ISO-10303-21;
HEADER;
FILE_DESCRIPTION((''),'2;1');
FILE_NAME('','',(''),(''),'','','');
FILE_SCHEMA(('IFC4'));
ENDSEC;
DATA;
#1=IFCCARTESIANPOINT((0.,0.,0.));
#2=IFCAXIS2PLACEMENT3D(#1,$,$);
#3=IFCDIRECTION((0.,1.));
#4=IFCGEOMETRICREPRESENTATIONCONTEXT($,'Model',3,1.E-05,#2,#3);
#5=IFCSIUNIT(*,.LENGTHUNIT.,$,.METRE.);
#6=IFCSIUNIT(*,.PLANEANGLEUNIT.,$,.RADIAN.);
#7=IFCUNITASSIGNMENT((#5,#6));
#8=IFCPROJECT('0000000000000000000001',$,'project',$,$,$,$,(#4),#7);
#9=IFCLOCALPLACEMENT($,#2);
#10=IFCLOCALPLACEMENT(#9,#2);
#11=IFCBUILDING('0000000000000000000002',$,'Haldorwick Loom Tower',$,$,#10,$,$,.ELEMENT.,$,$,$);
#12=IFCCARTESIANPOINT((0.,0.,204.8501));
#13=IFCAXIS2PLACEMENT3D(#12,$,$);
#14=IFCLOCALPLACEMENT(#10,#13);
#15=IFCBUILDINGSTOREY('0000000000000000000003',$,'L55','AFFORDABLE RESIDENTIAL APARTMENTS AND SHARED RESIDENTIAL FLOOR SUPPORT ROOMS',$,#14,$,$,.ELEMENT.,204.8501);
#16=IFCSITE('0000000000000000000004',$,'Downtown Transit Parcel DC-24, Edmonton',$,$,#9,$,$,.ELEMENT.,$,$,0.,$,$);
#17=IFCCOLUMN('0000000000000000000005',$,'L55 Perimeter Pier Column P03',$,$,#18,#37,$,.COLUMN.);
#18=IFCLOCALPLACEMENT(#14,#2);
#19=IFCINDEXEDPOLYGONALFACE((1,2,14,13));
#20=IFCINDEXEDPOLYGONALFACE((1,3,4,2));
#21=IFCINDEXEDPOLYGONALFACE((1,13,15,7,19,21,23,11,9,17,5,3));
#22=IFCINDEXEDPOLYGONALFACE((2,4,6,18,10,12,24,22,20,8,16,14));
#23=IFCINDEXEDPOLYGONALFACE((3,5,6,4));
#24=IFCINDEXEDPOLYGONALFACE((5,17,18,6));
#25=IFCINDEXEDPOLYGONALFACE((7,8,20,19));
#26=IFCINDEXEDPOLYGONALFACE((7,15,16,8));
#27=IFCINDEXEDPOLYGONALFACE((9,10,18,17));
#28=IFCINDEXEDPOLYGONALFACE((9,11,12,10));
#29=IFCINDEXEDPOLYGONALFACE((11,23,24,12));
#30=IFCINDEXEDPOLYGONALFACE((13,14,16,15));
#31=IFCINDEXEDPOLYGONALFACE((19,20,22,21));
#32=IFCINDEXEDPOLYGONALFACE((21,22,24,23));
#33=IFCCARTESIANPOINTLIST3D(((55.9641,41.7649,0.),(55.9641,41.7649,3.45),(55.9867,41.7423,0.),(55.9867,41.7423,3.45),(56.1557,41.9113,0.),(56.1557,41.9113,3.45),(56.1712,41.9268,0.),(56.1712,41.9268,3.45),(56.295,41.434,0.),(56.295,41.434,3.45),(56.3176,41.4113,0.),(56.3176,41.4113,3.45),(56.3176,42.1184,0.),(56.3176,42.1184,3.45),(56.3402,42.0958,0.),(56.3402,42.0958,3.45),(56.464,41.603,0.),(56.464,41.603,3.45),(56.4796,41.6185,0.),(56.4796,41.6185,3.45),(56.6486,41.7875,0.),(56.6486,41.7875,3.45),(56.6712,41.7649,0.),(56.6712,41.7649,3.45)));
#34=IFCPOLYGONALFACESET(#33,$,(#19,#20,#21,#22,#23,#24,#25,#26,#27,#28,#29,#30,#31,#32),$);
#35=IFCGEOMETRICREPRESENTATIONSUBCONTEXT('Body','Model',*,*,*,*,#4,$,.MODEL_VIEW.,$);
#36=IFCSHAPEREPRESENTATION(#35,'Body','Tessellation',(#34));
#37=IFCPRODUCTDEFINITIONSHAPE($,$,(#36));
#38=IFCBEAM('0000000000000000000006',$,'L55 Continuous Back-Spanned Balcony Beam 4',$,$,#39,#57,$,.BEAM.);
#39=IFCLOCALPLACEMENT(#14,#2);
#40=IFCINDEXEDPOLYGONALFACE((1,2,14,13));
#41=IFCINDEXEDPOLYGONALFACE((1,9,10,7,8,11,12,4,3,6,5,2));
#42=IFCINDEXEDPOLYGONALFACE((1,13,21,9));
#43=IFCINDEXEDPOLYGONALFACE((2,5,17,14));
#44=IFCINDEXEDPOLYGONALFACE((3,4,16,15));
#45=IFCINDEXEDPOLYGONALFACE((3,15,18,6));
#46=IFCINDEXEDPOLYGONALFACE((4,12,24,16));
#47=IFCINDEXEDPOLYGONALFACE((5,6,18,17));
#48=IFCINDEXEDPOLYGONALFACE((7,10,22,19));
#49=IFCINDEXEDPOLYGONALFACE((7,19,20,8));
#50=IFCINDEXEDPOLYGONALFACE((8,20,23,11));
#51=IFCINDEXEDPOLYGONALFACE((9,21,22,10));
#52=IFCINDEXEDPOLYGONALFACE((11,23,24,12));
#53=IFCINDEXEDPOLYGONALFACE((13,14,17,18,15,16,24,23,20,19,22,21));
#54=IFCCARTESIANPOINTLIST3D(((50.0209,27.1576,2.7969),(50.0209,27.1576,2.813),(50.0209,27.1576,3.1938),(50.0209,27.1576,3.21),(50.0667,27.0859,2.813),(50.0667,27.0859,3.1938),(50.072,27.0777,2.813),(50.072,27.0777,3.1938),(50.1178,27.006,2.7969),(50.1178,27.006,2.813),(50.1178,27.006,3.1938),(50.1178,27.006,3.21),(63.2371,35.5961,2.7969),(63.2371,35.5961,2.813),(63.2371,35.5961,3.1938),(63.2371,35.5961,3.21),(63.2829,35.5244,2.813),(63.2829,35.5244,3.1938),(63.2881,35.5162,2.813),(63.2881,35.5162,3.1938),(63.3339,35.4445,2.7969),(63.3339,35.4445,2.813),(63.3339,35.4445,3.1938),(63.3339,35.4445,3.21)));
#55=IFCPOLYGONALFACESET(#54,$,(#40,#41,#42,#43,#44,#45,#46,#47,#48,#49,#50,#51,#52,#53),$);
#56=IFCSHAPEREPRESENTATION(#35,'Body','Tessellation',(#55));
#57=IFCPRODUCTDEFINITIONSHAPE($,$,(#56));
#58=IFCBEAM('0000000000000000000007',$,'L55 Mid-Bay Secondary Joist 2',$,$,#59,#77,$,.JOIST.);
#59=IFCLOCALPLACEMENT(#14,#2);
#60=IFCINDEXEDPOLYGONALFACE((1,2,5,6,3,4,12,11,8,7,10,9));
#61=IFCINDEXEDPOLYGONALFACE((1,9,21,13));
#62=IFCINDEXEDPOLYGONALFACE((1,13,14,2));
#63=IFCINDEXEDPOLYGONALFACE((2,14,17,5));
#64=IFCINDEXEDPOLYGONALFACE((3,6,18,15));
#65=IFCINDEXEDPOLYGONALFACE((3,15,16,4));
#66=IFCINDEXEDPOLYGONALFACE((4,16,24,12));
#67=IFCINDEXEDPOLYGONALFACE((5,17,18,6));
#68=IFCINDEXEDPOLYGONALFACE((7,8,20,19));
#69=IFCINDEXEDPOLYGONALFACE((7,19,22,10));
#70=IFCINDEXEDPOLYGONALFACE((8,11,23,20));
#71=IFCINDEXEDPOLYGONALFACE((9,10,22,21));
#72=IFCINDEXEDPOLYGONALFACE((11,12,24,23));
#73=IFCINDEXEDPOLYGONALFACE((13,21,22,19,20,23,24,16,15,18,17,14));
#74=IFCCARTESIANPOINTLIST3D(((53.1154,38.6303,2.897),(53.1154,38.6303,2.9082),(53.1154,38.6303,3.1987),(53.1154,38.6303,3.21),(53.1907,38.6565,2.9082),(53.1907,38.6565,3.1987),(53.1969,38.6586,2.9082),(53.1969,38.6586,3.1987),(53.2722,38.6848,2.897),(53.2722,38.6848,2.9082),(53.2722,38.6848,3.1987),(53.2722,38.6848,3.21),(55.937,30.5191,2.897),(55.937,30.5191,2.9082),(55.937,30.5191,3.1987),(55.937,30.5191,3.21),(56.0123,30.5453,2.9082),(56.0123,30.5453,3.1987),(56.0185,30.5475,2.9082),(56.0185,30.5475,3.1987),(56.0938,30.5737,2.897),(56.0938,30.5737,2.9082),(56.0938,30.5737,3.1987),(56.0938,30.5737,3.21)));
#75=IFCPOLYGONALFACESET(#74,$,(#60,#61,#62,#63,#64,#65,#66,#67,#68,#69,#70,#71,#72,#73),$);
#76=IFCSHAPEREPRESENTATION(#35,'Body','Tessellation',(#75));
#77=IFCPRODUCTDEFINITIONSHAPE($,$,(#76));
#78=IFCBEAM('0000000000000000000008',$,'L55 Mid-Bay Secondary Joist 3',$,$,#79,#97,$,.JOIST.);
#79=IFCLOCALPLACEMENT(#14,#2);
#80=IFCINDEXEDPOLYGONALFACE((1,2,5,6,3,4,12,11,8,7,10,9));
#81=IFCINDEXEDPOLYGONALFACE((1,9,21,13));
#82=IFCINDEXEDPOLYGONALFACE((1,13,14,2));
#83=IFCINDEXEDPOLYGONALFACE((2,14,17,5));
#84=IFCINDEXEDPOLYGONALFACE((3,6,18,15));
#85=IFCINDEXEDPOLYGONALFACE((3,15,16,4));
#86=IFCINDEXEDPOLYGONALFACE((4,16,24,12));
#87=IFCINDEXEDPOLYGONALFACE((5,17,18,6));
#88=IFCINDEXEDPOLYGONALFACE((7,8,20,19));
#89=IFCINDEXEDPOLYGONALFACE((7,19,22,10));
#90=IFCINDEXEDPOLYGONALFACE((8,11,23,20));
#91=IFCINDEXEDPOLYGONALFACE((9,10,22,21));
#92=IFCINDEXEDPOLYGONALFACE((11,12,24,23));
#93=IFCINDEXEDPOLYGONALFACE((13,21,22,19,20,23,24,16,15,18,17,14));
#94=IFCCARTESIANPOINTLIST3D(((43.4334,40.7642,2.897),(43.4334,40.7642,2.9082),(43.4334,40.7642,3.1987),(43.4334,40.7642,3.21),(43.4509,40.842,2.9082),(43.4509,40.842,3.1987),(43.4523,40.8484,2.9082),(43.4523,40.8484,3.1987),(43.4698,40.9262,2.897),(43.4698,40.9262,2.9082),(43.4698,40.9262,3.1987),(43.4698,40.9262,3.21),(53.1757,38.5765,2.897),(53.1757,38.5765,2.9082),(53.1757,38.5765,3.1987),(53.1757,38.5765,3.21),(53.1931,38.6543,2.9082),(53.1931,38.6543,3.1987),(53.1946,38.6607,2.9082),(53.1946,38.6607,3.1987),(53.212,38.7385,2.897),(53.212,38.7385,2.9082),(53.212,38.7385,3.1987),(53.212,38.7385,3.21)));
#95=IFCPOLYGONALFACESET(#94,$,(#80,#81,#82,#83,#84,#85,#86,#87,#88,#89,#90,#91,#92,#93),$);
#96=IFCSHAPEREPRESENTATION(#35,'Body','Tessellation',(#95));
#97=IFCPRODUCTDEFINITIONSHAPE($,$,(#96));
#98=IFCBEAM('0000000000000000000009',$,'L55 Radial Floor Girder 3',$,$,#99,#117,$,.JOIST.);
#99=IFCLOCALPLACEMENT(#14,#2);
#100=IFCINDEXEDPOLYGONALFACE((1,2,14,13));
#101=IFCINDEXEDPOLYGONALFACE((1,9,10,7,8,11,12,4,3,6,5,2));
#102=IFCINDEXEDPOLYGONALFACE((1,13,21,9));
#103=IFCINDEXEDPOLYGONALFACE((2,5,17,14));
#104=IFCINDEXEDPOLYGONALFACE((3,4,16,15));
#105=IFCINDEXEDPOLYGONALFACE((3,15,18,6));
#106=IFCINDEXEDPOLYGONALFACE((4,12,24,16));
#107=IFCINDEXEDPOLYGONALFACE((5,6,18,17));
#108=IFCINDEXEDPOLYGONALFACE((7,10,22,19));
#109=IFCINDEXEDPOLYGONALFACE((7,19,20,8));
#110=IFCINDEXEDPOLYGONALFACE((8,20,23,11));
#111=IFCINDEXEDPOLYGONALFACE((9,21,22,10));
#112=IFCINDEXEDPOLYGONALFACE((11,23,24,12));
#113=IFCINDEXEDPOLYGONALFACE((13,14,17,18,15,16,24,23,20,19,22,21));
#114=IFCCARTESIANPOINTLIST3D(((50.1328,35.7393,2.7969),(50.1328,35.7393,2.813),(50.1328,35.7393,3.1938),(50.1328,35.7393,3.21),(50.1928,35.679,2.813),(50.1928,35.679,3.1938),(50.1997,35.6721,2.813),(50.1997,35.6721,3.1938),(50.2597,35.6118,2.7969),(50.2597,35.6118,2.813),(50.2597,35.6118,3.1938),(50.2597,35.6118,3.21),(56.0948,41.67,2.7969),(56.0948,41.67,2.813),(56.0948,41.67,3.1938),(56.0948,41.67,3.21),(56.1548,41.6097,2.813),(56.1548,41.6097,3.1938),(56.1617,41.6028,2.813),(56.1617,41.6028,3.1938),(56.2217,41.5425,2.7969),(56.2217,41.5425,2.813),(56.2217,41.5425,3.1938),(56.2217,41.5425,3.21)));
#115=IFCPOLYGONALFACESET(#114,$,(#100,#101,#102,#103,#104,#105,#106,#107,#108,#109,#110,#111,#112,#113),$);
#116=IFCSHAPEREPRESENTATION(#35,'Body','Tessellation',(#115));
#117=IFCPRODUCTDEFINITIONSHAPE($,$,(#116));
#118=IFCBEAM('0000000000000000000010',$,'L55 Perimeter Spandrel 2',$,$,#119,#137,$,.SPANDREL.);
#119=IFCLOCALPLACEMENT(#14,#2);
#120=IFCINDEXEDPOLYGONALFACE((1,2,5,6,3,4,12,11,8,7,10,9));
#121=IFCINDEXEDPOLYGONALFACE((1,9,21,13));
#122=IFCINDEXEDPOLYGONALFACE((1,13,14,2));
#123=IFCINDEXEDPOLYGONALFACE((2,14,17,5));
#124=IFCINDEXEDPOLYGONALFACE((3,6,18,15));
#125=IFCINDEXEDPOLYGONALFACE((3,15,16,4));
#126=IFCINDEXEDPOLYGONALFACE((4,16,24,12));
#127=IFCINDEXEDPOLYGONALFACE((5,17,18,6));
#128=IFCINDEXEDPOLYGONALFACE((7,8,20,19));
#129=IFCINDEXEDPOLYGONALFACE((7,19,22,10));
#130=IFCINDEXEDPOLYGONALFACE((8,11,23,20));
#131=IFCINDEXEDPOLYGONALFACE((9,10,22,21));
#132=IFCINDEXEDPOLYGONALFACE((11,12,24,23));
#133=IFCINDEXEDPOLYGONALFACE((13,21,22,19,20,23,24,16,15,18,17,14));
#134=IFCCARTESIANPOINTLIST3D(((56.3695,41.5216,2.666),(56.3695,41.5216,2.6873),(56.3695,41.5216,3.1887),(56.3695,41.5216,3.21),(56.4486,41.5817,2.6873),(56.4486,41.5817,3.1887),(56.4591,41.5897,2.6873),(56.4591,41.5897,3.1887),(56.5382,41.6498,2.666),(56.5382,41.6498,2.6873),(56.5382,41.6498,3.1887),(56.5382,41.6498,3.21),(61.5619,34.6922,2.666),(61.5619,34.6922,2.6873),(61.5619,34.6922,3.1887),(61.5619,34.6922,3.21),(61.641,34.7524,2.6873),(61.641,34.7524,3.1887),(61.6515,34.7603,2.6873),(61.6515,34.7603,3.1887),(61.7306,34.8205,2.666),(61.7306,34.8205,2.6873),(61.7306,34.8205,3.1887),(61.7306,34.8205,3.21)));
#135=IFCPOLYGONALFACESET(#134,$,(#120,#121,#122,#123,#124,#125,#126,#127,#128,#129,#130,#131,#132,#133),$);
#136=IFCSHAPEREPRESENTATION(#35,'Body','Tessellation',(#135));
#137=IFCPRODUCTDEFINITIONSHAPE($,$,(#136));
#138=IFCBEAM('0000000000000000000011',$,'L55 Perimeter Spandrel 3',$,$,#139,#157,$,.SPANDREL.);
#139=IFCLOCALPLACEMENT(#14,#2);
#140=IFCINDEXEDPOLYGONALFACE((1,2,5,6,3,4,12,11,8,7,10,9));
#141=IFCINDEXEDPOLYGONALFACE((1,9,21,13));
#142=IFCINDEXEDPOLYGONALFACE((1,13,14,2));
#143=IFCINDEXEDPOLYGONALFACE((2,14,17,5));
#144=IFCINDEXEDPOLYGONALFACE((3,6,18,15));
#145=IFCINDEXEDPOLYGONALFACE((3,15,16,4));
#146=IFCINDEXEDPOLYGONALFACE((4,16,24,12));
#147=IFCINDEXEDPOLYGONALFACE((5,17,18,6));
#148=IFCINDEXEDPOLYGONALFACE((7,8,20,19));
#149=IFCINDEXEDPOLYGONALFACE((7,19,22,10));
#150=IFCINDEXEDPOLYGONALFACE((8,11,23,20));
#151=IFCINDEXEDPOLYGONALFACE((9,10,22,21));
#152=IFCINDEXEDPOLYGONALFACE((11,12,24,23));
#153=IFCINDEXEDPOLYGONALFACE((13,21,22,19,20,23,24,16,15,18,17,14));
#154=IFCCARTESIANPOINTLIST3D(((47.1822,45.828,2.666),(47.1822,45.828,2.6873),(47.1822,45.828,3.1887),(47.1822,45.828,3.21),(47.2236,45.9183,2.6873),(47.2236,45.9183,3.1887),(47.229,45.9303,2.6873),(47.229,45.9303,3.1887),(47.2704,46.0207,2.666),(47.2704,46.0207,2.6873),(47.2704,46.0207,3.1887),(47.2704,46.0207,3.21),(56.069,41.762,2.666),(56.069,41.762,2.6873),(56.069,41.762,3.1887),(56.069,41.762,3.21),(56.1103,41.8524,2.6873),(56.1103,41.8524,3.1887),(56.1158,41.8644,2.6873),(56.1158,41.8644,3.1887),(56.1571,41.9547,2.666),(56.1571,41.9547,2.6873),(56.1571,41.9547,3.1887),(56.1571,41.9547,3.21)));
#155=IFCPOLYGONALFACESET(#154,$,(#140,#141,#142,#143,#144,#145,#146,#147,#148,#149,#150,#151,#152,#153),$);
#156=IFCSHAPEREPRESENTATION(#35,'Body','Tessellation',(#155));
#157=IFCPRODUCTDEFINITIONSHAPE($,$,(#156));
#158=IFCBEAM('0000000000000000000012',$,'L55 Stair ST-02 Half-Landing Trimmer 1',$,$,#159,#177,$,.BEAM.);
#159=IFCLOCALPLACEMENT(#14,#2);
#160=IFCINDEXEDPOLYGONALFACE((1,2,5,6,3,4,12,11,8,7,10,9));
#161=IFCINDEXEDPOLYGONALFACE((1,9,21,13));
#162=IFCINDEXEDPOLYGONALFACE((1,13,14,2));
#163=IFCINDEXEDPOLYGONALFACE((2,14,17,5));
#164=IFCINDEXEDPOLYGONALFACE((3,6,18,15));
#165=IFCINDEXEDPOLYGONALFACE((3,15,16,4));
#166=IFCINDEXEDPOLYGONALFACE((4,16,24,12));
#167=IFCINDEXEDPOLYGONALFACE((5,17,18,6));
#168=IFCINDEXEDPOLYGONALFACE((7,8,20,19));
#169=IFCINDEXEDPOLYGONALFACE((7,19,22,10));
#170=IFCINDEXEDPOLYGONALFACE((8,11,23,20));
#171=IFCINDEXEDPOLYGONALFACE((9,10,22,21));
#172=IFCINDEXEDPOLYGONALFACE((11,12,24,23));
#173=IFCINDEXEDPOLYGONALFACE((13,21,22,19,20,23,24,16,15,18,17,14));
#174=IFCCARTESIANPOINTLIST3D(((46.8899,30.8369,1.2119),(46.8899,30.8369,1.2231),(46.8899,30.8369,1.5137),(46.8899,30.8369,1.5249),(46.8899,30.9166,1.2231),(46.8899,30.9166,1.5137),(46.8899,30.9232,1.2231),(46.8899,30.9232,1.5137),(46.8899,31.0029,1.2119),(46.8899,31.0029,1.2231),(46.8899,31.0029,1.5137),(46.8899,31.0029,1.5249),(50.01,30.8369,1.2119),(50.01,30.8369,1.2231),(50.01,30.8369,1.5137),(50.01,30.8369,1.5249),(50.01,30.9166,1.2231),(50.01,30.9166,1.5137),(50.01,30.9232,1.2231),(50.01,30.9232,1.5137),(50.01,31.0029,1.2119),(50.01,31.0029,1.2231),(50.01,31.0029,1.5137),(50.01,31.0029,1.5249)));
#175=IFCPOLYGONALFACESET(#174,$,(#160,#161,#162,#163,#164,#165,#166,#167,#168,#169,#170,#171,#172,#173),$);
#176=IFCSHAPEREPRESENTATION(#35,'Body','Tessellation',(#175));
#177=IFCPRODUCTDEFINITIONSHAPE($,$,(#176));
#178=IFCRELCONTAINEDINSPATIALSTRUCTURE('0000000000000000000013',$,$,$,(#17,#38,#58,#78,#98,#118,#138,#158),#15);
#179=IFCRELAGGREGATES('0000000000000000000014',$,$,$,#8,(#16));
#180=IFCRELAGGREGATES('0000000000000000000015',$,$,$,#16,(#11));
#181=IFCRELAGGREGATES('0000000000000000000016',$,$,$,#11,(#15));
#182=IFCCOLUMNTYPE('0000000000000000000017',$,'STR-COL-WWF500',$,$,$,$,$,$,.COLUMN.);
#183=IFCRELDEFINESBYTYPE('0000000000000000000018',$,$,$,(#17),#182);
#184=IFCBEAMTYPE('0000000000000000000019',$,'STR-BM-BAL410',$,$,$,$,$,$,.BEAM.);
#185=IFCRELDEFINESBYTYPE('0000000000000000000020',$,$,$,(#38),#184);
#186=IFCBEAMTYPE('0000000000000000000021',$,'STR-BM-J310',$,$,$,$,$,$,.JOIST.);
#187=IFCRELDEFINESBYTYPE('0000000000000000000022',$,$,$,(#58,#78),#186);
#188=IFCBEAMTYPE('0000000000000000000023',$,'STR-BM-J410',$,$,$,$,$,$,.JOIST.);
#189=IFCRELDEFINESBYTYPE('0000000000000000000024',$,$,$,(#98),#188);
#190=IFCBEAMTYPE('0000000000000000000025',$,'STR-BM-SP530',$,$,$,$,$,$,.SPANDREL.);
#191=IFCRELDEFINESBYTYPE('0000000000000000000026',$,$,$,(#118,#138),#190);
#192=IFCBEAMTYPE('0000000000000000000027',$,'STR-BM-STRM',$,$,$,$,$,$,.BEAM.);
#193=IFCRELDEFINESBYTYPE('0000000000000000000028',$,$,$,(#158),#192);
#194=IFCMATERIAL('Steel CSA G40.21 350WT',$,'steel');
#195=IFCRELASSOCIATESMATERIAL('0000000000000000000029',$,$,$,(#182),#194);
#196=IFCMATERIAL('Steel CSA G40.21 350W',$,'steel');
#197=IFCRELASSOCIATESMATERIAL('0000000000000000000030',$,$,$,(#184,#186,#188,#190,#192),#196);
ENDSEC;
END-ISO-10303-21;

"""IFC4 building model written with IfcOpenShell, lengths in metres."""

from ifc_helpers import new_model, si_unit, direction, frame, origin, origin_2d, place, context, subcontext, project, spatial, i_section, extrude, material, material_profile, profile_set, type_object, element, save


model = new_model("IFC4")

# Units and contexts
model_context = context("Model", 3, precision=1e-05, world=origin(), true_north=direction((0.0, 1.0)))
body_context = subcontext(model_context, "Body", "Model", "MODEL_VIEW")
ifc_project = project(units=[si_unit("LENGTHUNIT", "METRE"), si_unit("PLANEANGLEUNIT", "RADIAN")], contexts=[model_context])

# Site, building, storey
site_placement = place(None, origin())
site = spatial("IfcSite", under=ifc_project, at=site_placement, Name="Downtown Transit Parcel DC-24, Edmonton", CompositionType="ELEMENT", RefElevation=0.0)
building_placement = place(site_placement, origin())
building = spatial("IfcBuilding", under=site, at=building_placement, Name="Haldorwick Loom Tower", CompositionType="ELEMENT")
storey_placement = place(building_placement, frame((0.0, 0.0, 204.8501)))
storey = spatial("IfcBuildingStorey", under=building, at=storey_placement, Name="L55", Description="AFFORDABLE RESIDENTIAL APARTMENTS AND SHARED RESIDENTIAL FLOOR SUPPORT ROOMS", CompositionType="ELEMENT", Elevation=204.8501)

# Column
ifc_material_1 = material(Name="Steel CSA G40.21 350W", Category="steel")
ifc_material_2 = material(Name="Steel CSA G40.21 350WT", Category="steel")
ifc_material_profile_1 = material_profile(ifc_material_2, i_section(OverallWidth=0.5, OverallDepth=0.5, WebThickness=0.022, FlangeThickness=0.032, at=origin_2d()), Name="WWF500X500", Category="steel")
ifc_profile_set_1 = profile_set([ifc_material_profile_1], Name="Steel CSA G40.21 350WT")
column_type_1 = type_object("IfcColumnType", Name="STR-COL-WWF500", PredefinedType="COLUMN", material=ifc_profile_set_1)
column_1_placement = place(storey_placement, frame((56.3176, 41.7649, 0.0), z_axis=(0.0, 0.0, 1.0), x_axis=(0.707107, 0.707107, 0.0)))
element("IfcColumn", 1, at=column_1_placement, inside=storey, type_object=column_type_1, Name="L55 Perimeter Pier Column P03", PredefinedType="COLUMN", context=body_context, shape_type="SweptSolid", body=[
    extrude(i_section(OverallWidth=0.5, OverallDepth=0.5, WebThickness=0.022, FlangeThickness=0.032, at=origin_2d()), origin(), (0.0, 0.0, 1.0), 3.45),
])

# Beams
ifc_material_profile_2 = material_profile(ifc_material_1, i_section(OverallWidth=0.1799, OverallDepth=0.4131, WebThickness=0.0098, FlangeThickness=0.0161, at=origin_2d()), Name="W410X74", Category="steel")
ifc_profile_set_2 = profile_set([ifc_material_profile_2], Name="Steel CSA G40.21 350W")
beam_type_1 = type_object("IfcBeamType", Name="STR-BM-BAL410", PredefinedType="BEAM", material=ifc_profile_set_2)
beam_1_placement = place(storey_placement, frame((50.0693, 27.0818, 3.0034), z_axis=(0.842844, 0.538157, 0.0), x_axis=(-0.538157, 0.842844, 0.0)))
element("IfcBeam", 2, at=beam_1_placement, inside=storey, type_object=beam_type_1, Name="L55 Continuous Back-Spanned Balcony Beam 4", PredefinedType="BEAM", context=body_context, shape_type="SweptSolid", body=[
    extrude(i_section(OverallWidth=0.1799, OverallDepth=0.4131, WebThickness=0.0098, FlangeThickness=0.0161, at=origin_2d()), origin(), (0.0, 0.0, 1.0), 15.6804),
])
ifc_material_profile_3 = material_profile(ifc_material_1, i_section(OverallWidth=0.166, OverallDepth=0.313, WebThickness=0.0066, FlangeThickness=0.0112, at=origin_2d()), Name="W310X45", Category="steel")
ifc_profile_set_3 = profile_set([ifc_material_profile_3], Name="Steel CSA G40.21 350W")
beam_type_2 = type_object("IfcBeamType", Name="STR-BM-J310", PredefinedType="JOIST", material=ifc_profile_set_3)
beam_2_placement = place(storey_placement, frame((56.0154, 30.5464, 3.0535), z_axis=(-0.32855, 0.944486, 0.0), x_axis=(-0.944486, -0.32855, 0.0)))
element("IfcBeam", 3, at=beam_2_placement, inside=storey, type_object=beam_type_2, Name="L55 Mid-Bay Secondary Joist 2", PredefinedType="JOIST", context=body_context, shape_type="SweptSolid", body=[
    extrude(i_section(OverallWidth=0.166, OverallDepth=0.313, WebThickness=0.0066, FlangeThickness=0.0112, at=origin_2d()), origin(), (0.0, 0.0, 1.0), 8.5879),
])
beam_3_placement = place(storey_placement, frame((53.1938, 38.6575, 3.0535), z_axis=(-0.975701, 0.219107, 0.0), x_axis=(-0.219107, -0.975701, 0.0)))
element("IfcBeam", 4, at=beam_3_placement, inside=storey, type_object=beam_type_2, Name="L55 Mid-Bay Secondary Joist 3", PredefinedType="JOIST", context=body_context, shape_type="SweptSolid", body=[
    extrude(i_section(OverallWidth=0.166, OverallDepth=0.313, WebThickness=0.0066, FlangeThickness=0.0112, at=origin_2d()), origin(), (0.0, 0.0, 1.0), 9.9849),
])
ifc_material_profile_4 = material_profile(ifc_material_1, i_section(OverallWidth=0.1799, OverallDepth=0.4131, WebThickness=0.0098, FlangeThickness=0.0161, at=origin_2d()), Name="W410X74", Category="steel")
ifc_profile_set_4 = profile_set([ifc_material_profile_4], Name="Steel CSA G40.21 350W")
beam_type_3 = type_object("IfcBeamType", Name="STR-BM-J410", PredefinedType="JOIST", material=ifc_profile_set_4)
beam_4_placement = place(storey_placement, frame((50.1963, 35.6755, 3.0034), z_axis=(0.708962, 0.705246, 0.0), x_axis=(-0.705246, 0.708962, 0.0)))
element("IfcBeam", 5, at=beam_4_placement, inside=storey, type_object=beam_type_3, Name="L55 Radial Floor Girder 3", PredefinedType="JOIST", context=body_context, shape_type="SweptSolid", body=[
    extrude(i_section(OverallWidth=0.1799, OverallDepth=0.4131, WebThickness=0.0098, FlangeThickness=0.0161, at=origin_2d()), origin(), (0.0, 0.0, 1.0), 8.4094),
])
ifc_material_profile_5 = material_profile(ifc_material_1, i_section(OverallWidth=0.2119, OverallDepth=0.5439, WebThickness=0.0132, FlangeThickness=0.0212, at=origin_2d()), Name="W530X123", Category="steel")
ifc_profile_set_5 = profile_set([ifc_material_profile_5], Name="Steel CSA G40.21 350W")
beam_type_4 = type_object("IfcBeamType", Name="STR-BM-SP530", PredefinedType="SPANDREL", material=ifc_profile_set_5)
beam_5_placement = place(storey_placement, frame((61.6462, 34.7563, 2.938), z_axis=(-0.605237, 0.796045, 0.0), x_axis=(-0.796045, -0.605237, 0.0)))
element("IfcBeam", 6, at=beam_5_placement, inside=storey, type_object=beam_type_4, Name="L55 Perimeter Spandrel 2", PredefinedType="SPANDREL", context=body_context, shape_type="SweptSolid", body=[
    extrude(i_section(OverallWidth=0.2119, OverallDepth=0.5439, WebThickness=0.0132, FlangeThickness=0.0212, at=origin_2d()), origin(), (0.0, 0.0, 1.0), 8.5791),
])
beam_6_placement = place(storey_placement, frame((56.113, 41.8584, 2.938), z_axis=(-0.909342, 0.416049, 0.0), x_axis=(-0.416049, -0.909342, 0.0)))
element("IfcBeam", 7, at=beam_6_placement, inside=storey, type_object=beam_type_4, Name="L55 Perimeter Spandrel 3", PredefinedType="SPANDREL", context=body_context, shape_type="SweptSolid", body=[
    extrude(i_section(OverallWidth=0.2119, OverallDepth=0.5439, WebThickness=0.0132, FlangeThickness=0.0212, at=origin_2d()), origin(), (0.0, 0.0, 1.0), 9.7727),
])
ifc_material_profile_6 = material_profile(ifc_material_1, i_section(OverallWidth=0.166, OverallDepth=0.313, WebThickness=0.0066, FlangeThickness=0.0112, at=origin_2d()), Name="W310X45", Category="steel")
ifc_profile_set_6 = profile_set([ifc_material_profile_6], Name="Steel CSA G40.21 350W")
beam_type_5 = type_object("IfcBeamType", Name="STR-BM-STRM", PredefinedType="BEAM", material=ifc_profile_set_6)
beam_7_placement = place(storey_placement, frame((46.8899, 30.9199, 1.3684), z_axis=(1.0, 0.0, 0.0), x_axis=(0.0, 1.0, 0.0)))
element("IfcBeam", 8, at=beam_7_placement, inside=storey, type_object=beam_type_5, Name="L55 Stair ST-02 Half-Landing Trimmer 1", PredefinedType="BEAM", context=body_context, shape_type="SweptSolid", body=[
    extrude(i_section(OverallWidth=0.166, OverallDepth=0.313, WebThickness=0.0066, FlangeThickness=0.0112, at=origin_2d()), origin(), (0.0, 0.0, 1.0), 3.1201),
])

save(model, "model.ifc")
